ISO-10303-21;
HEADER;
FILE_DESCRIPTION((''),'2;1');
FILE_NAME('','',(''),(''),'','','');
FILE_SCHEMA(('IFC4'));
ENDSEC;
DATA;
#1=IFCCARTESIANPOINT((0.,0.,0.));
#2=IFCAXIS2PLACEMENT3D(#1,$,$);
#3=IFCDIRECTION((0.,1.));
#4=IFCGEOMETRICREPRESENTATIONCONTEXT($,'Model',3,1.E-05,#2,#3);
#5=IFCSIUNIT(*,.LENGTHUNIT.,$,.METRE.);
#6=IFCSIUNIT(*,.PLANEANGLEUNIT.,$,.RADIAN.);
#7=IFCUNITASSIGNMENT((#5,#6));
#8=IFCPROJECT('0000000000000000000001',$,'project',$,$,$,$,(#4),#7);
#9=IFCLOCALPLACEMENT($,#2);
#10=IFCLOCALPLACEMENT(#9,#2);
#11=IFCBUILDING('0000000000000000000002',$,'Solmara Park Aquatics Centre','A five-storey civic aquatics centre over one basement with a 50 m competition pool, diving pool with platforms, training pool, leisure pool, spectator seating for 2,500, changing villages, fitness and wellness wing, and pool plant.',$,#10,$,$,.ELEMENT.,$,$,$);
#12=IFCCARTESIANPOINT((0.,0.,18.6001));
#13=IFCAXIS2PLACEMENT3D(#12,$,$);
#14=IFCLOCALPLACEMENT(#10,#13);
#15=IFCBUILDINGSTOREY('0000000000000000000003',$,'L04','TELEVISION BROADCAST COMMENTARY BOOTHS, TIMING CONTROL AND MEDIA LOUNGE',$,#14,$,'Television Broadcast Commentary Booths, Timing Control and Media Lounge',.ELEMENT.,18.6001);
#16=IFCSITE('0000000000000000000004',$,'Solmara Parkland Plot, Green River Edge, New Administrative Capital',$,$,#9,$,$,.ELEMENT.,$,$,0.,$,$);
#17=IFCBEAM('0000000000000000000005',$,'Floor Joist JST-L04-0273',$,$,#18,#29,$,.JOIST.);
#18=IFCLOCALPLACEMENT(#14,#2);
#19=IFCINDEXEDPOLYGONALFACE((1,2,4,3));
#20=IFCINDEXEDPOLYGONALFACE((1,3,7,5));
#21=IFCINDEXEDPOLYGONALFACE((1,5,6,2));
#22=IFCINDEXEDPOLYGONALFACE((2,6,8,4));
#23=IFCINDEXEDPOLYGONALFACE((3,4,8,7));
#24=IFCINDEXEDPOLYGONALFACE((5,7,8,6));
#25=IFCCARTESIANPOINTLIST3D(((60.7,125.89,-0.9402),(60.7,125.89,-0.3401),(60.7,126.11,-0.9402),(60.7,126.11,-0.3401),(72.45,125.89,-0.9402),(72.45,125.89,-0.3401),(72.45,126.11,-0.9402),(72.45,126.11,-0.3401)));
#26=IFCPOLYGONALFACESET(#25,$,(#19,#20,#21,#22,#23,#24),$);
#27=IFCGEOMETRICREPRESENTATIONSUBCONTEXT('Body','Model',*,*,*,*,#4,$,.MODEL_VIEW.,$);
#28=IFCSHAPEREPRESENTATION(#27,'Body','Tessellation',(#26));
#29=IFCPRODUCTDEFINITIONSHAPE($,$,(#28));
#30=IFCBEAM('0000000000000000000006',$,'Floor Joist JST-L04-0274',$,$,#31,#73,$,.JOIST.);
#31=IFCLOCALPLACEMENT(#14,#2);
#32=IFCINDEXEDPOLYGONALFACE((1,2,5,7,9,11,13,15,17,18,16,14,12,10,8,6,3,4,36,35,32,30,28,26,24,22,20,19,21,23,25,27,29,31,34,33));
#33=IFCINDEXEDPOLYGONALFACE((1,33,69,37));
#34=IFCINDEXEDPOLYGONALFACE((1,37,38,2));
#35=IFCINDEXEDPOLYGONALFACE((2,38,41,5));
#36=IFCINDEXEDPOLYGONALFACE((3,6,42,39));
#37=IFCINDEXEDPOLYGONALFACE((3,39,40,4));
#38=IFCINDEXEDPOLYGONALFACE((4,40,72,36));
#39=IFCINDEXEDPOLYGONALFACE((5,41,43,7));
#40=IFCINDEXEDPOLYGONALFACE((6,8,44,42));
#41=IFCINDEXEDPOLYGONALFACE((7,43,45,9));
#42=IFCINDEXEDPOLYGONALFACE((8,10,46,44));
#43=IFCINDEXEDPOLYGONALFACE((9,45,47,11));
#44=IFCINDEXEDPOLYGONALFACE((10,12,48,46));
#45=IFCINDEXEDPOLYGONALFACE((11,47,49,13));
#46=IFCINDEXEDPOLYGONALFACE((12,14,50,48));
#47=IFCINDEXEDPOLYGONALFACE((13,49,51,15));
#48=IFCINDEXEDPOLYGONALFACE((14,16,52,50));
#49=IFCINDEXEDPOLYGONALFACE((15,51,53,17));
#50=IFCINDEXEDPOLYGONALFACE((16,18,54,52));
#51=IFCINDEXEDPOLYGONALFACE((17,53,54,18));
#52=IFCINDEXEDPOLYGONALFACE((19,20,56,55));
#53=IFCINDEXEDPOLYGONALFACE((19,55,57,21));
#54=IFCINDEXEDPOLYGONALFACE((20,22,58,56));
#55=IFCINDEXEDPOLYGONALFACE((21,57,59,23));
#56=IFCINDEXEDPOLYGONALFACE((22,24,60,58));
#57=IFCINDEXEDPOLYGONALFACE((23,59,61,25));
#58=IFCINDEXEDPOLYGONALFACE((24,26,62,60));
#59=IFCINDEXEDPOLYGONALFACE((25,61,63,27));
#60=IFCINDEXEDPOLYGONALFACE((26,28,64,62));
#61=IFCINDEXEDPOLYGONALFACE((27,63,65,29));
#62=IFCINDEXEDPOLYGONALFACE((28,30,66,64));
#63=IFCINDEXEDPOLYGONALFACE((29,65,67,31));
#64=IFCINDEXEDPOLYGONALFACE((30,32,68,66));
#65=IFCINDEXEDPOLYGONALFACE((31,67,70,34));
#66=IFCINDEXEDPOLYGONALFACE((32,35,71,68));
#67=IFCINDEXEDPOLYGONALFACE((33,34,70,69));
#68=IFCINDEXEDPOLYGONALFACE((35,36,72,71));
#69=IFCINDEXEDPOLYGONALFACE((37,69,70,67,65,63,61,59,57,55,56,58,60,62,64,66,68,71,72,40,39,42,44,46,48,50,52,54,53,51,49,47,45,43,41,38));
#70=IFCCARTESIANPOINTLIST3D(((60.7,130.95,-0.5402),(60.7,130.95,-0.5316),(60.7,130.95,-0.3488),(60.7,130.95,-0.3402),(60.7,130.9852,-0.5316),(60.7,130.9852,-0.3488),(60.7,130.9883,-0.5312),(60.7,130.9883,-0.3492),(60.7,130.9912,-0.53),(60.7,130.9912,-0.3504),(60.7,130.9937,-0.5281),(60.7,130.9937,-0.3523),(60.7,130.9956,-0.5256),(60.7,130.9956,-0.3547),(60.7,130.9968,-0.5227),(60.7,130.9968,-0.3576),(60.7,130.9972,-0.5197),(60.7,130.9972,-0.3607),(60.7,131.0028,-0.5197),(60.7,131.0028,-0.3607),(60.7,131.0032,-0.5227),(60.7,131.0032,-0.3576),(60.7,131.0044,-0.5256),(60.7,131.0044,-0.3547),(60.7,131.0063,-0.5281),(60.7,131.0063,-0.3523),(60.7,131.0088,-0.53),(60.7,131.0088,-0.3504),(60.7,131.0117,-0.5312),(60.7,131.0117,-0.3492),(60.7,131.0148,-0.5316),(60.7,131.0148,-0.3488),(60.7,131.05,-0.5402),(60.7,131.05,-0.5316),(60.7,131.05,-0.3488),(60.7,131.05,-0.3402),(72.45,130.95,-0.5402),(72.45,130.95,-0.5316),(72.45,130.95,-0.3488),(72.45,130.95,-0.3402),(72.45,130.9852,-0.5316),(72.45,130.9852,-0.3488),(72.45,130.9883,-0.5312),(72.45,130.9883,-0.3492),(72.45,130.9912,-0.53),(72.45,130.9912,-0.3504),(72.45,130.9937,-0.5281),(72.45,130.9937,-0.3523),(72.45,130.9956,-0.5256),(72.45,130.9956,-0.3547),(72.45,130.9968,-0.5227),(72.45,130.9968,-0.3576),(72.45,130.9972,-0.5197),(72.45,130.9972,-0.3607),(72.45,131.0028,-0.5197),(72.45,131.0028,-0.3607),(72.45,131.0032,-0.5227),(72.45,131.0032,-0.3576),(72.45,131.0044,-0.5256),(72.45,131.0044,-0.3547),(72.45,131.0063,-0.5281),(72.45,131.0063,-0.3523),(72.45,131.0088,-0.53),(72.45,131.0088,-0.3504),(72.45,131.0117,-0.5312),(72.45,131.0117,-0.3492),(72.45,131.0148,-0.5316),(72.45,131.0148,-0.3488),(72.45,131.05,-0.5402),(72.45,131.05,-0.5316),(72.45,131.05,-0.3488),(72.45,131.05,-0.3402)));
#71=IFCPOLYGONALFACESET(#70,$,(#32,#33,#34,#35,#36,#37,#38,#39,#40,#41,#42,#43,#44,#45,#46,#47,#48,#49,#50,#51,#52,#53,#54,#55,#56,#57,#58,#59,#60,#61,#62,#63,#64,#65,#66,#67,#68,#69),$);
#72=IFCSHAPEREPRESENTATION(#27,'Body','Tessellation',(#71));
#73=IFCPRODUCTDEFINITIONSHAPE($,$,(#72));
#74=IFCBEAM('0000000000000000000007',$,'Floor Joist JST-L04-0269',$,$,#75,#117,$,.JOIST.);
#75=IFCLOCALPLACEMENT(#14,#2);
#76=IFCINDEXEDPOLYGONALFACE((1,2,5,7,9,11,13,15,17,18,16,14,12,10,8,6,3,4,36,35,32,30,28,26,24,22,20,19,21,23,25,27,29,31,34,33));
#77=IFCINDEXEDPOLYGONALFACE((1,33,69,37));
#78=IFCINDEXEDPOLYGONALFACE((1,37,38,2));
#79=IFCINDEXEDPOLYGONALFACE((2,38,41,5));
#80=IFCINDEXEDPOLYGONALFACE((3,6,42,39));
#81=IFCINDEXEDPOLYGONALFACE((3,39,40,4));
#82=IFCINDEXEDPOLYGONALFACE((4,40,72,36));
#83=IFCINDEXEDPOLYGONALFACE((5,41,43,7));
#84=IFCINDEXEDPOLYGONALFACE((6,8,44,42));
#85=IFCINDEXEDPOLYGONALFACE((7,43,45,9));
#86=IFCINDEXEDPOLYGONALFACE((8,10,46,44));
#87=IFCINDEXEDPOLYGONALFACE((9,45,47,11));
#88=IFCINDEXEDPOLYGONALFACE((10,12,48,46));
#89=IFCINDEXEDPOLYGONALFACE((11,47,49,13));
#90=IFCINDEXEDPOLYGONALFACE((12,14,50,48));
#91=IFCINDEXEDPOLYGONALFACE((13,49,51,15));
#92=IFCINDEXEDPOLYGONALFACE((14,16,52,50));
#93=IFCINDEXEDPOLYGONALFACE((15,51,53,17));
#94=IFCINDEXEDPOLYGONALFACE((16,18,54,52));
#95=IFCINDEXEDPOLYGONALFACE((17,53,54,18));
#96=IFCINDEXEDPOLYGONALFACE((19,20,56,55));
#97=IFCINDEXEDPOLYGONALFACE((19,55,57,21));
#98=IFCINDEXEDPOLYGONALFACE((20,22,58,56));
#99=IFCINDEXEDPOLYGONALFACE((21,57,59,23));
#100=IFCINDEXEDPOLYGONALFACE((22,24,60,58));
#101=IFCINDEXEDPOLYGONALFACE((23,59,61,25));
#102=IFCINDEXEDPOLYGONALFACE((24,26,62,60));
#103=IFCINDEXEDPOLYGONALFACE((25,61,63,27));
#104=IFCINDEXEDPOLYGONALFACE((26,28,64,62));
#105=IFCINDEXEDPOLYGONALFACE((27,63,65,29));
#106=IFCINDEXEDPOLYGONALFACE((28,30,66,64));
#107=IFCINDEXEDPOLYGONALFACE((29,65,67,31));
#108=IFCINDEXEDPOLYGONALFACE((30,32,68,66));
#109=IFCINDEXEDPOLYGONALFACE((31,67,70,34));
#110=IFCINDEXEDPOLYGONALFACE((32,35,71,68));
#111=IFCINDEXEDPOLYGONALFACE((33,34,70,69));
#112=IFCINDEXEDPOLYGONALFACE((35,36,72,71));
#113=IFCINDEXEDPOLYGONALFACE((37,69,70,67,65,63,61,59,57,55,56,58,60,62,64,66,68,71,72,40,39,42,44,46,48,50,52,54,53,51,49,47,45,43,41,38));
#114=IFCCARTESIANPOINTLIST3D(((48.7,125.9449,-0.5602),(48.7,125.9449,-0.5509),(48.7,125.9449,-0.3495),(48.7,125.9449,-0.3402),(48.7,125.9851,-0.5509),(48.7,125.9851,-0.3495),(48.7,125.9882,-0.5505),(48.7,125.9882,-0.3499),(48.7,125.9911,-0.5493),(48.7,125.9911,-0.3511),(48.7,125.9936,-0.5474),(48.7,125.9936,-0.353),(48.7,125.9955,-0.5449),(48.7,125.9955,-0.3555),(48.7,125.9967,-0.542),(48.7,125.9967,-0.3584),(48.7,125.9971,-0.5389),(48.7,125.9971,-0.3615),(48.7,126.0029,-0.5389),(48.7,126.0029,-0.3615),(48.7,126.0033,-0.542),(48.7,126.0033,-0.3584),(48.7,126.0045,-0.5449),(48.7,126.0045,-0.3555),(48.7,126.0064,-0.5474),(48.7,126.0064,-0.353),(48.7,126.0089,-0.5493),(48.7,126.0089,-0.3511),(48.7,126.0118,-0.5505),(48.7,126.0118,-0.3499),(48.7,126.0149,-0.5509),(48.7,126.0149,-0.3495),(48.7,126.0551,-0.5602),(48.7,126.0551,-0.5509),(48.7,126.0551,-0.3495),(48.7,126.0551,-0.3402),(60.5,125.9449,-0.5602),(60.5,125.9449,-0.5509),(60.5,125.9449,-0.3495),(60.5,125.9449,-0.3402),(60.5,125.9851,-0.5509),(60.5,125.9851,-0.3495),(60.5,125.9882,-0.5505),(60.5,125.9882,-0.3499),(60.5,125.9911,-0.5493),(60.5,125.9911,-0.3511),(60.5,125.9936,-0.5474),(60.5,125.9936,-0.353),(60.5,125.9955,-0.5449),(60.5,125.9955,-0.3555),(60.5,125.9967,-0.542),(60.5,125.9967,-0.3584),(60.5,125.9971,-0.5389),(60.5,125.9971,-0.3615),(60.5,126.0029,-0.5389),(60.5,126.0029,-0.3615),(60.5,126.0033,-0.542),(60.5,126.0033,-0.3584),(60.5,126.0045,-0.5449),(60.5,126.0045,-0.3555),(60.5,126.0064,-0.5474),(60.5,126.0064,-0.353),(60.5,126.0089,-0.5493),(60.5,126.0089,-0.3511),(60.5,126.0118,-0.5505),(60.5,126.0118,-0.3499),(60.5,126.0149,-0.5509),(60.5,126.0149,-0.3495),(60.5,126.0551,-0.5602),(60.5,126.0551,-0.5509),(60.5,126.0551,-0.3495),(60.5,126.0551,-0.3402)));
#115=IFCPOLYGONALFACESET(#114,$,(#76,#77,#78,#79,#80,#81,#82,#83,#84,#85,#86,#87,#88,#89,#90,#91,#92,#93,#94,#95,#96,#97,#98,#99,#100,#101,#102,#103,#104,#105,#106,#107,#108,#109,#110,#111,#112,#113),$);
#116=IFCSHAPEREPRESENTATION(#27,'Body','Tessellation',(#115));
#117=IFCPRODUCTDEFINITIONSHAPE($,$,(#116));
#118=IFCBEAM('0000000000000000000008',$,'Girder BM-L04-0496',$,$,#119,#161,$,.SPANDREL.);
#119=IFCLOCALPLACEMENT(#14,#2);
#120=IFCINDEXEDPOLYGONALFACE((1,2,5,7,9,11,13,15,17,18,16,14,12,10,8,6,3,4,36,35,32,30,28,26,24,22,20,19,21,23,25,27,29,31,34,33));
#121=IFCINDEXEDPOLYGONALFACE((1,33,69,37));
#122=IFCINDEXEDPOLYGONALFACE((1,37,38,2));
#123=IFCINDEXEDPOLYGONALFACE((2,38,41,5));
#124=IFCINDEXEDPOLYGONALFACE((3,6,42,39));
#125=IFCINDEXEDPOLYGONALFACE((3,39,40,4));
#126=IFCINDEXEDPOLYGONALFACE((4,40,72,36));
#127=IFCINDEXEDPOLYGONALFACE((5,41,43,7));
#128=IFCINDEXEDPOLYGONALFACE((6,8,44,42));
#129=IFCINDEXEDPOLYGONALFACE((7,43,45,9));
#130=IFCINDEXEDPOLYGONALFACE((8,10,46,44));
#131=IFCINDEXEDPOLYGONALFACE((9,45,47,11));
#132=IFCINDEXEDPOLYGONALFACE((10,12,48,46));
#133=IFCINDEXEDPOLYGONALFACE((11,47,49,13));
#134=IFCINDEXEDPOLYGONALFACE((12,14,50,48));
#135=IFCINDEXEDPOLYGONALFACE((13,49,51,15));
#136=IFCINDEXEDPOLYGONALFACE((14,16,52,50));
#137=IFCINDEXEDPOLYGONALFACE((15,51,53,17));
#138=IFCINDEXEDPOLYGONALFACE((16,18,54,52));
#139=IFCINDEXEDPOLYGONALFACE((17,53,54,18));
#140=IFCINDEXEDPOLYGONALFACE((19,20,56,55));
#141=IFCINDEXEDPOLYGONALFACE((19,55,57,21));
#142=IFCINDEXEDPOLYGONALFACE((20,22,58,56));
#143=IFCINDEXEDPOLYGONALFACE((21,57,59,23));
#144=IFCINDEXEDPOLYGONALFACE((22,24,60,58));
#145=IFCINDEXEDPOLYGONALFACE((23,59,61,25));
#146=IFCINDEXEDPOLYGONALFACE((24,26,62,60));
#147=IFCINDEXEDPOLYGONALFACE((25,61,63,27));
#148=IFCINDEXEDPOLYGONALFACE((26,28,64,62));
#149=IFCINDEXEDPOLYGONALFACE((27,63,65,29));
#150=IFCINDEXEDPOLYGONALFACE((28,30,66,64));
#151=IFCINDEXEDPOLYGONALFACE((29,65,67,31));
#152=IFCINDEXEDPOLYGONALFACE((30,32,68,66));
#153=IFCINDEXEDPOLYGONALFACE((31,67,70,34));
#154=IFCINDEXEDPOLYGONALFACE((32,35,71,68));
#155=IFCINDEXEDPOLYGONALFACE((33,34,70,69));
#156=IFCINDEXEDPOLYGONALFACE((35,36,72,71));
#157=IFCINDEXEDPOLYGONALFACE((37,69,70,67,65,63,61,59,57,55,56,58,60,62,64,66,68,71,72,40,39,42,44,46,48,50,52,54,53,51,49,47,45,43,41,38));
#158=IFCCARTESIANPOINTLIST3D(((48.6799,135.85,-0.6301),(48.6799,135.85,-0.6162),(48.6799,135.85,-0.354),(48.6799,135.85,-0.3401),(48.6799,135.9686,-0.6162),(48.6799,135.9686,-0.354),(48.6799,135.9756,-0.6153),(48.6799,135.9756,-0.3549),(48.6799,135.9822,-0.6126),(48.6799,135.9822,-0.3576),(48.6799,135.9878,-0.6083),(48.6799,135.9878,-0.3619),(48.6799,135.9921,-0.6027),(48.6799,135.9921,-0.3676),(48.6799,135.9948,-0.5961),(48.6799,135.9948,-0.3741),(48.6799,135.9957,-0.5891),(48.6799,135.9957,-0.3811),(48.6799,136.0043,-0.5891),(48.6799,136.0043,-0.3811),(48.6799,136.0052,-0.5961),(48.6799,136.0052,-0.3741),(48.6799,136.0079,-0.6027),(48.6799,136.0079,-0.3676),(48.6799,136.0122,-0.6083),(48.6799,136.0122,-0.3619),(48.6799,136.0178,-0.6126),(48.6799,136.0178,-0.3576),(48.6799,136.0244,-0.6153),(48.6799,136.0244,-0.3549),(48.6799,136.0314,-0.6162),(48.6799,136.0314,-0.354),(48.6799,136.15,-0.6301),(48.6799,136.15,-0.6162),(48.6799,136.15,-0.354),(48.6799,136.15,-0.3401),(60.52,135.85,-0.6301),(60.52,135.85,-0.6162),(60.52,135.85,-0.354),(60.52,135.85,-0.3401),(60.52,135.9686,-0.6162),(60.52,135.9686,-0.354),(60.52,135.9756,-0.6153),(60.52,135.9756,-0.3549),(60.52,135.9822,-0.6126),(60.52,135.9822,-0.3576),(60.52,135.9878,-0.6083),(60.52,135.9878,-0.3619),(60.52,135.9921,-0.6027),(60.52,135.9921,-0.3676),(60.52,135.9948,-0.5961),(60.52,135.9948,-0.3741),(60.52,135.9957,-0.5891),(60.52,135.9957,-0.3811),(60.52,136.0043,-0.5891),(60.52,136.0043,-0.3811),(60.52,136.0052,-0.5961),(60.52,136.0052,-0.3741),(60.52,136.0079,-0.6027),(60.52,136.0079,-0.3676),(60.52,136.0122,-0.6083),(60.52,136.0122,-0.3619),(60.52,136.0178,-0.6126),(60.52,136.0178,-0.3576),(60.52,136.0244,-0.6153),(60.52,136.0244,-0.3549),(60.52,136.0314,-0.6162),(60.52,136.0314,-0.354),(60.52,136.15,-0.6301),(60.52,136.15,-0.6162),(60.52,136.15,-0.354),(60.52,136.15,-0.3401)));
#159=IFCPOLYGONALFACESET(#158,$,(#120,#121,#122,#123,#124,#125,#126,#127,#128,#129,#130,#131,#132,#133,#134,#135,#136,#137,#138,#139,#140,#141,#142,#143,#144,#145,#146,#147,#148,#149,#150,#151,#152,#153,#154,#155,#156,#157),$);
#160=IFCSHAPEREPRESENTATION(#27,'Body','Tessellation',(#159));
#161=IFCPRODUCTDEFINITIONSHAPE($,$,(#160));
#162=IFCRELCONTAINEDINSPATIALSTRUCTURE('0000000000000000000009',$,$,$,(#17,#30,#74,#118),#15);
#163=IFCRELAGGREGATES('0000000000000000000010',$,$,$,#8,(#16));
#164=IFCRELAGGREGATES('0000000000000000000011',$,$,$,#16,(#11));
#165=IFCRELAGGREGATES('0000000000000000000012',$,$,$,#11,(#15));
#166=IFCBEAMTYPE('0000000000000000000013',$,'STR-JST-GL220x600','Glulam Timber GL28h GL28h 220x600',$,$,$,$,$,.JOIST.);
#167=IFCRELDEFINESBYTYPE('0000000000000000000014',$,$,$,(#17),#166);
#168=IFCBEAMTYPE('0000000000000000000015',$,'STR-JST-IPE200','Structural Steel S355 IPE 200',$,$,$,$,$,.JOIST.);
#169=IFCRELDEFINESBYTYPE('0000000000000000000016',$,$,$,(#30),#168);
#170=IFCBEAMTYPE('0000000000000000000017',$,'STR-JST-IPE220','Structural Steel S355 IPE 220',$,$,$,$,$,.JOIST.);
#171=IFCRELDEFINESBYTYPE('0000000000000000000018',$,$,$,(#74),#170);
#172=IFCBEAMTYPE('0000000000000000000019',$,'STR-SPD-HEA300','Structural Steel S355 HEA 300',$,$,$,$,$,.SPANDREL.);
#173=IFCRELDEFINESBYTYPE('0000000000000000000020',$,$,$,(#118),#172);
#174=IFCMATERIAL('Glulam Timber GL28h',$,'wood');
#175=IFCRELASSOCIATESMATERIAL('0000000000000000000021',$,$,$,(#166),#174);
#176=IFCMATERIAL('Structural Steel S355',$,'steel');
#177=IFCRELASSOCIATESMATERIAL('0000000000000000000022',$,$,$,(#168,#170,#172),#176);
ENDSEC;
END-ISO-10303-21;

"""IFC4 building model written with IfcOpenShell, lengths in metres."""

from ifc_helpers import new_model, si_unit, direction, frame, origin, origin_2d, place, context, subcontext, project, spatial, rectangle, i_section, extrude, material, material_profile, profile_set, type_object, element, save


model = new_model("IFC4")

# Units and contexts
model_context = context("Model", 3, precision=1e-05, world=origin(), true_north=direction((0.0, 1.0)))
body_context = subcontext(model_context, "Body", "Model", "MODEL_VIEW")
ifc_project = project(units=[si_unit("LENGTHUNIT", "METRE"), si_unit("PLANEANGLEUNIT", "RADIAN")], contexts=[model_context])

# Site, building, storey
site_placement = place(None, origin())
site = spatial("IfcSite", under=ifc_project, at=site_placement, Name="Solmara Parkland Plot, Green River Edge, New Administrative Capital", CompositionType="ELEMENT", RefElevation=0.0)
building_placement = place(site_placement, origin())
building = spatial("IfcBuilding", under=site, at=building_placement, Name="Solmara Park Aquatics Centre", Description="A five-storey civic aquatics centre over one basement with a 50 m competition pool, diving pool with platforms, training pool, leisure pool, spectator seating for 2,500, changing villages, fitness and wellness wing, and pool plant.", CompositionType="ELEMENT")
storey_placement = place(building_placement, frame((0.0, 0.0, 18.6001)))
storey = spatial("IfcBuildingStorey", under=building, at=storey_placement, Name="L04", Description="TELEVISION BROADCAST COMMENTARY BOOTHS, TIMING CONTROL AND MEDIA LOUNGE", LongName="Television Broadcast Commentary Booths, Timing Control and Media Lounge", CompositionType="ELEMENT", Elevation=18.6001)

# Beams
ifc_material_1 = material(Name="Structural Steel S355", Category="steel")
ifc_material_2 = material(Name="Glulam Timber GL28h", Category="wood")
ifc_material_profile_1 = material_profile(ifc_material_2, rectangle(XDim=0.22, YDim=0.6001, at=origin_2d()), Name="GL28h 220x600")
ifc_profile_set_1 = profile_set([ifc_material_profile_1], Name="Glulam Timber GL28h")
beam_type_1 = type_object("IfcBeamType", Name="STR-JST-GL220x600", Description="Glulam Timber GL28h GL28h 220x600", PredefinedType="JOIST", material=ifc_profile_set_1)
beam_1_placement = place(storey_placement, frame((60.7, 126.0, -0.6401), z_axis=(1.0, 0.0, 0.0), x_axis=(0.0, 1.0, 0.0)))
element("IfcBeam", 1, at=beam_1_placement, inside=storey, type_object=beam_type_1, Name="Floor Joist JST-L04-0273", PredefinedType="JOIST", context=body_context, shape_type="SweptSolid", body=[
    extrude(rectangle(XDim=0.22, YDim=0.6001, at=origin_2d()), origin(), (0.0, 0.0, 1.0), 11.75),
])
ifc_material_profile_2 = material_profile(ifc_material_1, i_section(OverallWidth=0.1001, OverallDepth=0.2, WebThickness=0.0056, FlangeThickness=0.0085, FilletRadius=0.012, at=origin_2d()), Name="IPE 200")
ifc_profile_set_2 = profile_set([ifc_material_profile_2], Name="Structural Steel S355")
beam_type_2 = type_object("IfcBeamType", Name="STR-JST-IPE200", Description="Structural Steel S355 IPE 200", PredefinedType="JOIST", material=ifc_profile_set_2)
beam_2_placement = place(storey_placement, frame((60.7, 131.0, -0.4402), z_axis=(1.0, 0.0, 0.0), x_axis=(0.0, 1.0, 0.0)))
element("IfcBeam", 2, at=beam_2_placement, inside=storey, type_object=beam_type_2, Name="Floor Joist JST-L04-0274", PredefinedType="JOIST", context=body_context, shape_type="SweptSolid", body=[
    extrude(i_section(OverallWidth=0.1001, OverallDepth=0.2, WebThickness=0.0056, FlangeThickness=0.0085, FilletRadius=0.012, at=origin_2d()), origin(), (0.0, 0.0, 1.0), 11.75),
])
ifc_material_profile_3 = material_profile(ifc_material_1, i_section(OverallWidth=0.1101, OverallDepth=0.22, WebThickness=0.0059, FlangeThickness=0.0093, FilletRadius=0.012, at=origin_2d()), Name="IPE 220")
ifc_profile_set_3 = profile_set([ifc_material_profile_3], Name="Structural Steel S355")
beam_type_3 = type_object("IfcBeamType", Name="STR-JST-IPE220", Description="Structural Steel S355 IPE 220", PredefinedType="JOIST", material=ifc_profile_set_3)
beam_3_placement = place(storey_placement, frame((48.7, 126.0, -0.4502), z_axis=(1.0, 0.0, 0.0), x_axis=(0.0, 1.0, 0.0)))
element("IfcBeam", 3, at=beam_3_placement, inside=storey, type_object=beam_type_3, Name="Floor Joist JST-L04-0269", PredefinedType="JOIST", context=body_context, shape_type="SweptSolid", body=[
    extrude(i_section(OverallWidth=0.1101, OverallDepth=0.22, WebThickness=0.0059, FlangeThickness=0.0093, FilletRadius=0.012, at=origin_2d()), origin(), (0.0, 0.0, 1.0), 11.8),
])
ifc_material_profile_4 = material_profile(ifc_material_1, i_section(OverallWidth=0.3, OverallDepth=0.29, WebThickness=0.0085, FlangeThickness=0.0139, FilletRadius=0.0271, at=origin_2d()), Name="HEA 300")
ifc_profile_set_4 = profile_set([ifc_material_profile_4], Name="Structural Steel S355")
beam_type_4 = type_object("IfcBeamType", Name="STR-SPD-HEA300", Description="Structural Steel S355 HEA 300", PredefinedType="SPANDREL", material=ifc_profile_set_4)
beam_4_placement = place(storey_placement, frame((48.6799, 136.0, -0.4851), z_axis=(1.0, 0.0, 0.0), x_axis=(0.0, 1.0, 0.0)))
element("IfcBeam", 4, at=beam_4_placement, inside=storey, type_object=beam_type_4, Name="Girder BM-L04-0496", PredefinedType="SPANDREL", context=body_context, shape_type="SweptSolid", body=[
    extrude(i_section(OverallWidth=0.3, OverallDepth=0.29, WebThickness=0.0085, FlangeThickness=0.0139, FilletRadius=0.0271, at=origin_2d()), origin(), (0.0, 0.0, 1.0), 11.8401),
])

save(model, "model.ifc")
